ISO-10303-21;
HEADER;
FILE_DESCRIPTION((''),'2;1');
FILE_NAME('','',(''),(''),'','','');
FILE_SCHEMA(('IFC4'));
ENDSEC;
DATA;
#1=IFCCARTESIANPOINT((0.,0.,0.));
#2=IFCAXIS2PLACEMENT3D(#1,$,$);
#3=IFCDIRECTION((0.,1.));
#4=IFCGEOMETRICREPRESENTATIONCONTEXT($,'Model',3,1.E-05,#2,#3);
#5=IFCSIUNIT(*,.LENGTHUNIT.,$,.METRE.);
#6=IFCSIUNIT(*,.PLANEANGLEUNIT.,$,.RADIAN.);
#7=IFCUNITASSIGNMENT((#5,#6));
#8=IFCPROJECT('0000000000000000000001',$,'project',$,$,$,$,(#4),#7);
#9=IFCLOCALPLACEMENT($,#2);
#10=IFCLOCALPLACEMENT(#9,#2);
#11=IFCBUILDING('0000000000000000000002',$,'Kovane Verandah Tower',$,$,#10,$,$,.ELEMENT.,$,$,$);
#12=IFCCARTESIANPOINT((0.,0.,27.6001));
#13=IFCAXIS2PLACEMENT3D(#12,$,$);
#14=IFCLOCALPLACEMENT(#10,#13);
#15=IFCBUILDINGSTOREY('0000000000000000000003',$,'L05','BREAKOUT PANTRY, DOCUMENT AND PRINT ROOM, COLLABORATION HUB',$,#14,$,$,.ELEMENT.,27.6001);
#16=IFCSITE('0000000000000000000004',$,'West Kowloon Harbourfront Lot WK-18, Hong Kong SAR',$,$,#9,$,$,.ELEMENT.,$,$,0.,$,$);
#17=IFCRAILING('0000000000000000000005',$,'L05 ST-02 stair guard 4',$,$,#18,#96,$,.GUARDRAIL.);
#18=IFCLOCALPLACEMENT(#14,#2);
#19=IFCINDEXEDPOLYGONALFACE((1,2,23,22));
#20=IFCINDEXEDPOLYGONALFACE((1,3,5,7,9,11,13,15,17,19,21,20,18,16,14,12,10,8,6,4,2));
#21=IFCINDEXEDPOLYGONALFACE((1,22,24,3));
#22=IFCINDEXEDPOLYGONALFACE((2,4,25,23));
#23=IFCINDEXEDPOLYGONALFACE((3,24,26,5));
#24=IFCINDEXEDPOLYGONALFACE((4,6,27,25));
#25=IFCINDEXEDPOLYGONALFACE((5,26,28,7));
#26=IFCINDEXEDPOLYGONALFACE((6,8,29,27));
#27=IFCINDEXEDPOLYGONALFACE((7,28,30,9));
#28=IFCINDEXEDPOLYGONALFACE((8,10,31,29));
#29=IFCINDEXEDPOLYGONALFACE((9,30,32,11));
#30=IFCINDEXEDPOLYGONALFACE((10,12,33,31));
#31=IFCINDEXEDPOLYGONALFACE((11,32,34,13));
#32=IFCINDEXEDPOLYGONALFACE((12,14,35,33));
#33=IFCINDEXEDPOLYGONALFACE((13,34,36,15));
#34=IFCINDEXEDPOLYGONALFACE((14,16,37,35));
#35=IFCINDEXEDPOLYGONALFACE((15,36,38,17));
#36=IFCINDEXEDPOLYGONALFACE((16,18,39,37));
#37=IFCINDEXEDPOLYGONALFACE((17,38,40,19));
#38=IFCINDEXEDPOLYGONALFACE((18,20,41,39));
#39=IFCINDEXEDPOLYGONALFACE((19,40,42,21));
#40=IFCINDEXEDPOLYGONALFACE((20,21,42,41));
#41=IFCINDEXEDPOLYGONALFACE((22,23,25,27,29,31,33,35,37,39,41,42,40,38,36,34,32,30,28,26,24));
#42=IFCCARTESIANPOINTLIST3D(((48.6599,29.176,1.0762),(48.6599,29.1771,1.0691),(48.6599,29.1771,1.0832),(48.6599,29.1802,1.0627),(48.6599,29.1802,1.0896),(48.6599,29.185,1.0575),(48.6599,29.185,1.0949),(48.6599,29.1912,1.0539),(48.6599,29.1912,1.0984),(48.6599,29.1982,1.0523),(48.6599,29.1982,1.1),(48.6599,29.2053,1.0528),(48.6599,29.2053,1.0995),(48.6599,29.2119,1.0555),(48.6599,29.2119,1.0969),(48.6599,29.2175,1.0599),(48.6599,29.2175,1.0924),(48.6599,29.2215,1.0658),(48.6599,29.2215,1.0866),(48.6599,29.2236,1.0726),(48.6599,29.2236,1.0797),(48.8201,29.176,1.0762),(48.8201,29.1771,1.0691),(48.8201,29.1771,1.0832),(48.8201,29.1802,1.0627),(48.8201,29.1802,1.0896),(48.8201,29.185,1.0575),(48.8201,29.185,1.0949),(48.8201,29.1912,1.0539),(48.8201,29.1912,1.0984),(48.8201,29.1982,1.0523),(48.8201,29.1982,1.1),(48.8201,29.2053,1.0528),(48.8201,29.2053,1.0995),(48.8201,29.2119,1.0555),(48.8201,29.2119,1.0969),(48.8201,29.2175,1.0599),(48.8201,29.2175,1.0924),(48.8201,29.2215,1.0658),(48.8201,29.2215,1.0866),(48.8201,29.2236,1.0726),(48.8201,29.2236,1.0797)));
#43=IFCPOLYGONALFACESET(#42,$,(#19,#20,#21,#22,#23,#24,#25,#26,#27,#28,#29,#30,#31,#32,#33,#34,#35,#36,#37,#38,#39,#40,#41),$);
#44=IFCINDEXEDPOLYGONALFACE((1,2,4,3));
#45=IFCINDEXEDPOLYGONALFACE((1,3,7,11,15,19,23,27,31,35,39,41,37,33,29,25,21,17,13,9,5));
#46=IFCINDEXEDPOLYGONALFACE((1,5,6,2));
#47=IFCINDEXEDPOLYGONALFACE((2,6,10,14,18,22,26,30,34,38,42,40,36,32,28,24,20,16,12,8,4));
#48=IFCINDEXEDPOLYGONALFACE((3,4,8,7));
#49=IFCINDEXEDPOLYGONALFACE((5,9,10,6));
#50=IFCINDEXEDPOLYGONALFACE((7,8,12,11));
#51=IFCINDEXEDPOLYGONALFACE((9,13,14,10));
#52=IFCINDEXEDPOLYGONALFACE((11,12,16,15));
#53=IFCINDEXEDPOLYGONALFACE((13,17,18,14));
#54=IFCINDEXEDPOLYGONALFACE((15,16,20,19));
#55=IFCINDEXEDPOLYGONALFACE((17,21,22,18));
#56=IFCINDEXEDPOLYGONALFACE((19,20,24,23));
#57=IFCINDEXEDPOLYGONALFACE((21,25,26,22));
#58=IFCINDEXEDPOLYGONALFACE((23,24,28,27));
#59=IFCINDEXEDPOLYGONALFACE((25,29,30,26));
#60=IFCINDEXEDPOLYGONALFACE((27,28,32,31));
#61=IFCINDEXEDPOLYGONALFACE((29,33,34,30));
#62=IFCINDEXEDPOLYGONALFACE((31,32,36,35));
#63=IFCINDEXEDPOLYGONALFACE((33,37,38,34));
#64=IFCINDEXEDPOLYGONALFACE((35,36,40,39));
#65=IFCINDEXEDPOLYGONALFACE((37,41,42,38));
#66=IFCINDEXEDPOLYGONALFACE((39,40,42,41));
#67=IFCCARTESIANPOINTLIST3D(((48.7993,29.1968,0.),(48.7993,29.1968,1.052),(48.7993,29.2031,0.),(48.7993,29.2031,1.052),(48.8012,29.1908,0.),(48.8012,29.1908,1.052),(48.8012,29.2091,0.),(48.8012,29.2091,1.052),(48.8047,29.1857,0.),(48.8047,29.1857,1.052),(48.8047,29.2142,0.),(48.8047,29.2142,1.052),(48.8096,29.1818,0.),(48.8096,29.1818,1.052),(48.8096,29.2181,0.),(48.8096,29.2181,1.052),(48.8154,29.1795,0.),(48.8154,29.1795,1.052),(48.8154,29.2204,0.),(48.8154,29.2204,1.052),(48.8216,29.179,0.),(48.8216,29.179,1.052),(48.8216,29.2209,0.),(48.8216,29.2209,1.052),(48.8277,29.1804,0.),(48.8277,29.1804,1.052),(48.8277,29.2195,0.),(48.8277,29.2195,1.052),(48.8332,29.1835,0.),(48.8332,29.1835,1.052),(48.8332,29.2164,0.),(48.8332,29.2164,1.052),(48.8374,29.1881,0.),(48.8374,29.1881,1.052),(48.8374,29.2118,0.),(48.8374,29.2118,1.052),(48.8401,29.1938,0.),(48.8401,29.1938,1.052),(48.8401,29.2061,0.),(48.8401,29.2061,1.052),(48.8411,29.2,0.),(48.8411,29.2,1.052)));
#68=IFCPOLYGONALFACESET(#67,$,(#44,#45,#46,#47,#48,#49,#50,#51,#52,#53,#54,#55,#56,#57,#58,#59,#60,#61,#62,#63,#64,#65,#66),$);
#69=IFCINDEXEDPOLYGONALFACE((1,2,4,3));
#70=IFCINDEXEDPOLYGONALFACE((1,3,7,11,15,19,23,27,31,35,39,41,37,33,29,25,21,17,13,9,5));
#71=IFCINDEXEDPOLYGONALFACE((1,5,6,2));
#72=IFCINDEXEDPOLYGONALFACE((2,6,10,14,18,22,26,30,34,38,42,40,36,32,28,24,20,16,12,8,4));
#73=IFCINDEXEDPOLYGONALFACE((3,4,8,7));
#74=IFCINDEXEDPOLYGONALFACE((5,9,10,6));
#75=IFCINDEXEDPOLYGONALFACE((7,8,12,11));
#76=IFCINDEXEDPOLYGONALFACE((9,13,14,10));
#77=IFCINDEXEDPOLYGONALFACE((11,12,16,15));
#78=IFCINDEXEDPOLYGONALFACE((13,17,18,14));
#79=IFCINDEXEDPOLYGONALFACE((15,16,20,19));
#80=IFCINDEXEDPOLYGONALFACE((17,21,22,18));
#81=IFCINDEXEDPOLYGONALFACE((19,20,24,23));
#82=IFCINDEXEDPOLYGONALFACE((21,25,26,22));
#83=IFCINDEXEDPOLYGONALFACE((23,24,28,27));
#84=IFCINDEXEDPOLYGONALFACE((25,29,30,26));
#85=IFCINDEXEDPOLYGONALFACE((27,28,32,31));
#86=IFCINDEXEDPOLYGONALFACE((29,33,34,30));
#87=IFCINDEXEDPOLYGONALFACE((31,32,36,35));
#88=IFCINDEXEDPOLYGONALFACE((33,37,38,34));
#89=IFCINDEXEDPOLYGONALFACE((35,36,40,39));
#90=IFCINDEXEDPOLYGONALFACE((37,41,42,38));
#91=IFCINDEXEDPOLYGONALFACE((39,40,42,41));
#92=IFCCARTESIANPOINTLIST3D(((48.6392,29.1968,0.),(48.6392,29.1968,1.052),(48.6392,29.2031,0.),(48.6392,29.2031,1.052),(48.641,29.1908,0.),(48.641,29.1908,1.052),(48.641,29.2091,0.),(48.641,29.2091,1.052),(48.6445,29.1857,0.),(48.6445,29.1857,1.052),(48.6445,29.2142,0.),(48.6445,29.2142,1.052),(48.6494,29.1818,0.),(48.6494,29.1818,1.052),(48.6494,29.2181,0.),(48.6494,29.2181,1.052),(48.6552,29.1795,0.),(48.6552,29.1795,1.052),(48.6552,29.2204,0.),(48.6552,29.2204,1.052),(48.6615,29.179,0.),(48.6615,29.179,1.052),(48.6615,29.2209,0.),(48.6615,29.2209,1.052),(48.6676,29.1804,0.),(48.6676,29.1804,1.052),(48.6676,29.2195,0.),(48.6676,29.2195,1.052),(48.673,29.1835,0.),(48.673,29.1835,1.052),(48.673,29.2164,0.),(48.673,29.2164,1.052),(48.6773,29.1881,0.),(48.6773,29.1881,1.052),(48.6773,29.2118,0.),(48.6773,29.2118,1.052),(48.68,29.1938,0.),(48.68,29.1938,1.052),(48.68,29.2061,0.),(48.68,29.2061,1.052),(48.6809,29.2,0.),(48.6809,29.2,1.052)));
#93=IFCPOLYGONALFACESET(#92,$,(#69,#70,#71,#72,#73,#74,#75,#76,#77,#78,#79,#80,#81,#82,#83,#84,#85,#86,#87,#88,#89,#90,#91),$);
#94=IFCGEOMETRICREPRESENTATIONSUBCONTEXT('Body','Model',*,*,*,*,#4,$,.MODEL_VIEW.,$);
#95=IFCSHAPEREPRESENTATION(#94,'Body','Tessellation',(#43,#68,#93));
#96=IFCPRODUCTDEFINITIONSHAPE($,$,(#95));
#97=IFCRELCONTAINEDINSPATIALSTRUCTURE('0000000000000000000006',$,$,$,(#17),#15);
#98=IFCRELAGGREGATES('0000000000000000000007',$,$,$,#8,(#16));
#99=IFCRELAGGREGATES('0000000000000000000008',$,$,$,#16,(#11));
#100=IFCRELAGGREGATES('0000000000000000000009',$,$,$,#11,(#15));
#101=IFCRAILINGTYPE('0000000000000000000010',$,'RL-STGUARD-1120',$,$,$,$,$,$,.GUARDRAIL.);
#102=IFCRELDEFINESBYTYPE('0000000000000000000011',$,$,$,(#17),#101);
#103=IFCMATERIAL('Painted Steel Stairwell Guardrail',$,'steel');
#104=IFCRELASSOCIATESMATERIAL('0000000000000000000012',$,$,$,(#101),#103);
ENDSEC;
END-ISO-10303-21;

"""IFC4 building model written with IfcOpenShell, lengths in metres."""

from ifc_helpers import new_model, si_unit, direction, frame, origin, origin_2d, place, context, subcontext, project, spatial, circle, extrude, material, type_object, element, save


model = new_model("IFC4")

# Units and contexts
model_context = context("Model", 3, precision=1e-05, world=origin(), true_north=direction((0.0, 1.0)))
body_context = subcontext(model_context, "Body", "Model", "MODEL_VIEW")
ifc_project = project(units=[si_unit("LENGTHUNIT", "METRE"), si_unit("PLANEANGLEUNIT", "RADIAN")], contexts=[model_context])

# Site, building, storey
site_placement = place(None, origin())
site = spatial("IfcSite", under=ifc_project, at=site_placement, Name="West Kowloon Harbourfront Lot WK-18, Hong Kong SAR", CompositionType="ELEMENT", RefElevation=0.0)
building_placement = place(site_placement, origin())
building = spatial("IfcBuilding", under=site, at=building_placement, Name="Kovane Verandah Tower", CompositionType="ELEMENT")
storey_placement = place(building_placement, frame((0.0, 0.0, 27.6001)))
storey = spatial("IfcBuildingStorey", under=building, at=storey_placement, Name="L05", Description="BREAKOUT PANTRY, DOCUMENT AND PRINT ROOM, COLLABORATION HUB", CompositionType="ELEMENT", Elevation=27.6001)

# Railing
ifc_material_1 = material(Name="Painted Steel Stairwell Guardrail", Category="steel")
railing_type_1 = type_object("IfcRailingType", Name="RL-STGUARD-1120", PredefinedType="GUARDRAIL", material=ifc_material_1)
railing_1_placement = place(storey_placement, frame((48.8201, 29.2, 0.0)))
element("IfcRailing", 1, at=railing_1_placement, inside=storey, type_object=railing_type_1, Name="L05 ST-02 stair guard 4", PredefinedType="GUARDRAIL", context=body_context, shape_type="SweptSolid", body=[
    extrude(circle(Radius=0.0239, at=origin_2d()), frame((0.0, 0.0, 1.0762), z_axis=(-1.0, 0.0, 0.0), x_axis=(0.0, -1.0, 0.0)), (0.0, 0.0, 1.0), 0.1602),
    extrude(circle(Radius=0.021, at=origin_2d()), origin(), (0.0, 0.0, 1.0), 1.052),
    extrude(circle(Radius=0.021, at=origin_2d()), frame((-0.1602, 0.0, 0.0)), (0.0, 0.0, 1.0), 1.052),
])

save(model, "model.ifc")
